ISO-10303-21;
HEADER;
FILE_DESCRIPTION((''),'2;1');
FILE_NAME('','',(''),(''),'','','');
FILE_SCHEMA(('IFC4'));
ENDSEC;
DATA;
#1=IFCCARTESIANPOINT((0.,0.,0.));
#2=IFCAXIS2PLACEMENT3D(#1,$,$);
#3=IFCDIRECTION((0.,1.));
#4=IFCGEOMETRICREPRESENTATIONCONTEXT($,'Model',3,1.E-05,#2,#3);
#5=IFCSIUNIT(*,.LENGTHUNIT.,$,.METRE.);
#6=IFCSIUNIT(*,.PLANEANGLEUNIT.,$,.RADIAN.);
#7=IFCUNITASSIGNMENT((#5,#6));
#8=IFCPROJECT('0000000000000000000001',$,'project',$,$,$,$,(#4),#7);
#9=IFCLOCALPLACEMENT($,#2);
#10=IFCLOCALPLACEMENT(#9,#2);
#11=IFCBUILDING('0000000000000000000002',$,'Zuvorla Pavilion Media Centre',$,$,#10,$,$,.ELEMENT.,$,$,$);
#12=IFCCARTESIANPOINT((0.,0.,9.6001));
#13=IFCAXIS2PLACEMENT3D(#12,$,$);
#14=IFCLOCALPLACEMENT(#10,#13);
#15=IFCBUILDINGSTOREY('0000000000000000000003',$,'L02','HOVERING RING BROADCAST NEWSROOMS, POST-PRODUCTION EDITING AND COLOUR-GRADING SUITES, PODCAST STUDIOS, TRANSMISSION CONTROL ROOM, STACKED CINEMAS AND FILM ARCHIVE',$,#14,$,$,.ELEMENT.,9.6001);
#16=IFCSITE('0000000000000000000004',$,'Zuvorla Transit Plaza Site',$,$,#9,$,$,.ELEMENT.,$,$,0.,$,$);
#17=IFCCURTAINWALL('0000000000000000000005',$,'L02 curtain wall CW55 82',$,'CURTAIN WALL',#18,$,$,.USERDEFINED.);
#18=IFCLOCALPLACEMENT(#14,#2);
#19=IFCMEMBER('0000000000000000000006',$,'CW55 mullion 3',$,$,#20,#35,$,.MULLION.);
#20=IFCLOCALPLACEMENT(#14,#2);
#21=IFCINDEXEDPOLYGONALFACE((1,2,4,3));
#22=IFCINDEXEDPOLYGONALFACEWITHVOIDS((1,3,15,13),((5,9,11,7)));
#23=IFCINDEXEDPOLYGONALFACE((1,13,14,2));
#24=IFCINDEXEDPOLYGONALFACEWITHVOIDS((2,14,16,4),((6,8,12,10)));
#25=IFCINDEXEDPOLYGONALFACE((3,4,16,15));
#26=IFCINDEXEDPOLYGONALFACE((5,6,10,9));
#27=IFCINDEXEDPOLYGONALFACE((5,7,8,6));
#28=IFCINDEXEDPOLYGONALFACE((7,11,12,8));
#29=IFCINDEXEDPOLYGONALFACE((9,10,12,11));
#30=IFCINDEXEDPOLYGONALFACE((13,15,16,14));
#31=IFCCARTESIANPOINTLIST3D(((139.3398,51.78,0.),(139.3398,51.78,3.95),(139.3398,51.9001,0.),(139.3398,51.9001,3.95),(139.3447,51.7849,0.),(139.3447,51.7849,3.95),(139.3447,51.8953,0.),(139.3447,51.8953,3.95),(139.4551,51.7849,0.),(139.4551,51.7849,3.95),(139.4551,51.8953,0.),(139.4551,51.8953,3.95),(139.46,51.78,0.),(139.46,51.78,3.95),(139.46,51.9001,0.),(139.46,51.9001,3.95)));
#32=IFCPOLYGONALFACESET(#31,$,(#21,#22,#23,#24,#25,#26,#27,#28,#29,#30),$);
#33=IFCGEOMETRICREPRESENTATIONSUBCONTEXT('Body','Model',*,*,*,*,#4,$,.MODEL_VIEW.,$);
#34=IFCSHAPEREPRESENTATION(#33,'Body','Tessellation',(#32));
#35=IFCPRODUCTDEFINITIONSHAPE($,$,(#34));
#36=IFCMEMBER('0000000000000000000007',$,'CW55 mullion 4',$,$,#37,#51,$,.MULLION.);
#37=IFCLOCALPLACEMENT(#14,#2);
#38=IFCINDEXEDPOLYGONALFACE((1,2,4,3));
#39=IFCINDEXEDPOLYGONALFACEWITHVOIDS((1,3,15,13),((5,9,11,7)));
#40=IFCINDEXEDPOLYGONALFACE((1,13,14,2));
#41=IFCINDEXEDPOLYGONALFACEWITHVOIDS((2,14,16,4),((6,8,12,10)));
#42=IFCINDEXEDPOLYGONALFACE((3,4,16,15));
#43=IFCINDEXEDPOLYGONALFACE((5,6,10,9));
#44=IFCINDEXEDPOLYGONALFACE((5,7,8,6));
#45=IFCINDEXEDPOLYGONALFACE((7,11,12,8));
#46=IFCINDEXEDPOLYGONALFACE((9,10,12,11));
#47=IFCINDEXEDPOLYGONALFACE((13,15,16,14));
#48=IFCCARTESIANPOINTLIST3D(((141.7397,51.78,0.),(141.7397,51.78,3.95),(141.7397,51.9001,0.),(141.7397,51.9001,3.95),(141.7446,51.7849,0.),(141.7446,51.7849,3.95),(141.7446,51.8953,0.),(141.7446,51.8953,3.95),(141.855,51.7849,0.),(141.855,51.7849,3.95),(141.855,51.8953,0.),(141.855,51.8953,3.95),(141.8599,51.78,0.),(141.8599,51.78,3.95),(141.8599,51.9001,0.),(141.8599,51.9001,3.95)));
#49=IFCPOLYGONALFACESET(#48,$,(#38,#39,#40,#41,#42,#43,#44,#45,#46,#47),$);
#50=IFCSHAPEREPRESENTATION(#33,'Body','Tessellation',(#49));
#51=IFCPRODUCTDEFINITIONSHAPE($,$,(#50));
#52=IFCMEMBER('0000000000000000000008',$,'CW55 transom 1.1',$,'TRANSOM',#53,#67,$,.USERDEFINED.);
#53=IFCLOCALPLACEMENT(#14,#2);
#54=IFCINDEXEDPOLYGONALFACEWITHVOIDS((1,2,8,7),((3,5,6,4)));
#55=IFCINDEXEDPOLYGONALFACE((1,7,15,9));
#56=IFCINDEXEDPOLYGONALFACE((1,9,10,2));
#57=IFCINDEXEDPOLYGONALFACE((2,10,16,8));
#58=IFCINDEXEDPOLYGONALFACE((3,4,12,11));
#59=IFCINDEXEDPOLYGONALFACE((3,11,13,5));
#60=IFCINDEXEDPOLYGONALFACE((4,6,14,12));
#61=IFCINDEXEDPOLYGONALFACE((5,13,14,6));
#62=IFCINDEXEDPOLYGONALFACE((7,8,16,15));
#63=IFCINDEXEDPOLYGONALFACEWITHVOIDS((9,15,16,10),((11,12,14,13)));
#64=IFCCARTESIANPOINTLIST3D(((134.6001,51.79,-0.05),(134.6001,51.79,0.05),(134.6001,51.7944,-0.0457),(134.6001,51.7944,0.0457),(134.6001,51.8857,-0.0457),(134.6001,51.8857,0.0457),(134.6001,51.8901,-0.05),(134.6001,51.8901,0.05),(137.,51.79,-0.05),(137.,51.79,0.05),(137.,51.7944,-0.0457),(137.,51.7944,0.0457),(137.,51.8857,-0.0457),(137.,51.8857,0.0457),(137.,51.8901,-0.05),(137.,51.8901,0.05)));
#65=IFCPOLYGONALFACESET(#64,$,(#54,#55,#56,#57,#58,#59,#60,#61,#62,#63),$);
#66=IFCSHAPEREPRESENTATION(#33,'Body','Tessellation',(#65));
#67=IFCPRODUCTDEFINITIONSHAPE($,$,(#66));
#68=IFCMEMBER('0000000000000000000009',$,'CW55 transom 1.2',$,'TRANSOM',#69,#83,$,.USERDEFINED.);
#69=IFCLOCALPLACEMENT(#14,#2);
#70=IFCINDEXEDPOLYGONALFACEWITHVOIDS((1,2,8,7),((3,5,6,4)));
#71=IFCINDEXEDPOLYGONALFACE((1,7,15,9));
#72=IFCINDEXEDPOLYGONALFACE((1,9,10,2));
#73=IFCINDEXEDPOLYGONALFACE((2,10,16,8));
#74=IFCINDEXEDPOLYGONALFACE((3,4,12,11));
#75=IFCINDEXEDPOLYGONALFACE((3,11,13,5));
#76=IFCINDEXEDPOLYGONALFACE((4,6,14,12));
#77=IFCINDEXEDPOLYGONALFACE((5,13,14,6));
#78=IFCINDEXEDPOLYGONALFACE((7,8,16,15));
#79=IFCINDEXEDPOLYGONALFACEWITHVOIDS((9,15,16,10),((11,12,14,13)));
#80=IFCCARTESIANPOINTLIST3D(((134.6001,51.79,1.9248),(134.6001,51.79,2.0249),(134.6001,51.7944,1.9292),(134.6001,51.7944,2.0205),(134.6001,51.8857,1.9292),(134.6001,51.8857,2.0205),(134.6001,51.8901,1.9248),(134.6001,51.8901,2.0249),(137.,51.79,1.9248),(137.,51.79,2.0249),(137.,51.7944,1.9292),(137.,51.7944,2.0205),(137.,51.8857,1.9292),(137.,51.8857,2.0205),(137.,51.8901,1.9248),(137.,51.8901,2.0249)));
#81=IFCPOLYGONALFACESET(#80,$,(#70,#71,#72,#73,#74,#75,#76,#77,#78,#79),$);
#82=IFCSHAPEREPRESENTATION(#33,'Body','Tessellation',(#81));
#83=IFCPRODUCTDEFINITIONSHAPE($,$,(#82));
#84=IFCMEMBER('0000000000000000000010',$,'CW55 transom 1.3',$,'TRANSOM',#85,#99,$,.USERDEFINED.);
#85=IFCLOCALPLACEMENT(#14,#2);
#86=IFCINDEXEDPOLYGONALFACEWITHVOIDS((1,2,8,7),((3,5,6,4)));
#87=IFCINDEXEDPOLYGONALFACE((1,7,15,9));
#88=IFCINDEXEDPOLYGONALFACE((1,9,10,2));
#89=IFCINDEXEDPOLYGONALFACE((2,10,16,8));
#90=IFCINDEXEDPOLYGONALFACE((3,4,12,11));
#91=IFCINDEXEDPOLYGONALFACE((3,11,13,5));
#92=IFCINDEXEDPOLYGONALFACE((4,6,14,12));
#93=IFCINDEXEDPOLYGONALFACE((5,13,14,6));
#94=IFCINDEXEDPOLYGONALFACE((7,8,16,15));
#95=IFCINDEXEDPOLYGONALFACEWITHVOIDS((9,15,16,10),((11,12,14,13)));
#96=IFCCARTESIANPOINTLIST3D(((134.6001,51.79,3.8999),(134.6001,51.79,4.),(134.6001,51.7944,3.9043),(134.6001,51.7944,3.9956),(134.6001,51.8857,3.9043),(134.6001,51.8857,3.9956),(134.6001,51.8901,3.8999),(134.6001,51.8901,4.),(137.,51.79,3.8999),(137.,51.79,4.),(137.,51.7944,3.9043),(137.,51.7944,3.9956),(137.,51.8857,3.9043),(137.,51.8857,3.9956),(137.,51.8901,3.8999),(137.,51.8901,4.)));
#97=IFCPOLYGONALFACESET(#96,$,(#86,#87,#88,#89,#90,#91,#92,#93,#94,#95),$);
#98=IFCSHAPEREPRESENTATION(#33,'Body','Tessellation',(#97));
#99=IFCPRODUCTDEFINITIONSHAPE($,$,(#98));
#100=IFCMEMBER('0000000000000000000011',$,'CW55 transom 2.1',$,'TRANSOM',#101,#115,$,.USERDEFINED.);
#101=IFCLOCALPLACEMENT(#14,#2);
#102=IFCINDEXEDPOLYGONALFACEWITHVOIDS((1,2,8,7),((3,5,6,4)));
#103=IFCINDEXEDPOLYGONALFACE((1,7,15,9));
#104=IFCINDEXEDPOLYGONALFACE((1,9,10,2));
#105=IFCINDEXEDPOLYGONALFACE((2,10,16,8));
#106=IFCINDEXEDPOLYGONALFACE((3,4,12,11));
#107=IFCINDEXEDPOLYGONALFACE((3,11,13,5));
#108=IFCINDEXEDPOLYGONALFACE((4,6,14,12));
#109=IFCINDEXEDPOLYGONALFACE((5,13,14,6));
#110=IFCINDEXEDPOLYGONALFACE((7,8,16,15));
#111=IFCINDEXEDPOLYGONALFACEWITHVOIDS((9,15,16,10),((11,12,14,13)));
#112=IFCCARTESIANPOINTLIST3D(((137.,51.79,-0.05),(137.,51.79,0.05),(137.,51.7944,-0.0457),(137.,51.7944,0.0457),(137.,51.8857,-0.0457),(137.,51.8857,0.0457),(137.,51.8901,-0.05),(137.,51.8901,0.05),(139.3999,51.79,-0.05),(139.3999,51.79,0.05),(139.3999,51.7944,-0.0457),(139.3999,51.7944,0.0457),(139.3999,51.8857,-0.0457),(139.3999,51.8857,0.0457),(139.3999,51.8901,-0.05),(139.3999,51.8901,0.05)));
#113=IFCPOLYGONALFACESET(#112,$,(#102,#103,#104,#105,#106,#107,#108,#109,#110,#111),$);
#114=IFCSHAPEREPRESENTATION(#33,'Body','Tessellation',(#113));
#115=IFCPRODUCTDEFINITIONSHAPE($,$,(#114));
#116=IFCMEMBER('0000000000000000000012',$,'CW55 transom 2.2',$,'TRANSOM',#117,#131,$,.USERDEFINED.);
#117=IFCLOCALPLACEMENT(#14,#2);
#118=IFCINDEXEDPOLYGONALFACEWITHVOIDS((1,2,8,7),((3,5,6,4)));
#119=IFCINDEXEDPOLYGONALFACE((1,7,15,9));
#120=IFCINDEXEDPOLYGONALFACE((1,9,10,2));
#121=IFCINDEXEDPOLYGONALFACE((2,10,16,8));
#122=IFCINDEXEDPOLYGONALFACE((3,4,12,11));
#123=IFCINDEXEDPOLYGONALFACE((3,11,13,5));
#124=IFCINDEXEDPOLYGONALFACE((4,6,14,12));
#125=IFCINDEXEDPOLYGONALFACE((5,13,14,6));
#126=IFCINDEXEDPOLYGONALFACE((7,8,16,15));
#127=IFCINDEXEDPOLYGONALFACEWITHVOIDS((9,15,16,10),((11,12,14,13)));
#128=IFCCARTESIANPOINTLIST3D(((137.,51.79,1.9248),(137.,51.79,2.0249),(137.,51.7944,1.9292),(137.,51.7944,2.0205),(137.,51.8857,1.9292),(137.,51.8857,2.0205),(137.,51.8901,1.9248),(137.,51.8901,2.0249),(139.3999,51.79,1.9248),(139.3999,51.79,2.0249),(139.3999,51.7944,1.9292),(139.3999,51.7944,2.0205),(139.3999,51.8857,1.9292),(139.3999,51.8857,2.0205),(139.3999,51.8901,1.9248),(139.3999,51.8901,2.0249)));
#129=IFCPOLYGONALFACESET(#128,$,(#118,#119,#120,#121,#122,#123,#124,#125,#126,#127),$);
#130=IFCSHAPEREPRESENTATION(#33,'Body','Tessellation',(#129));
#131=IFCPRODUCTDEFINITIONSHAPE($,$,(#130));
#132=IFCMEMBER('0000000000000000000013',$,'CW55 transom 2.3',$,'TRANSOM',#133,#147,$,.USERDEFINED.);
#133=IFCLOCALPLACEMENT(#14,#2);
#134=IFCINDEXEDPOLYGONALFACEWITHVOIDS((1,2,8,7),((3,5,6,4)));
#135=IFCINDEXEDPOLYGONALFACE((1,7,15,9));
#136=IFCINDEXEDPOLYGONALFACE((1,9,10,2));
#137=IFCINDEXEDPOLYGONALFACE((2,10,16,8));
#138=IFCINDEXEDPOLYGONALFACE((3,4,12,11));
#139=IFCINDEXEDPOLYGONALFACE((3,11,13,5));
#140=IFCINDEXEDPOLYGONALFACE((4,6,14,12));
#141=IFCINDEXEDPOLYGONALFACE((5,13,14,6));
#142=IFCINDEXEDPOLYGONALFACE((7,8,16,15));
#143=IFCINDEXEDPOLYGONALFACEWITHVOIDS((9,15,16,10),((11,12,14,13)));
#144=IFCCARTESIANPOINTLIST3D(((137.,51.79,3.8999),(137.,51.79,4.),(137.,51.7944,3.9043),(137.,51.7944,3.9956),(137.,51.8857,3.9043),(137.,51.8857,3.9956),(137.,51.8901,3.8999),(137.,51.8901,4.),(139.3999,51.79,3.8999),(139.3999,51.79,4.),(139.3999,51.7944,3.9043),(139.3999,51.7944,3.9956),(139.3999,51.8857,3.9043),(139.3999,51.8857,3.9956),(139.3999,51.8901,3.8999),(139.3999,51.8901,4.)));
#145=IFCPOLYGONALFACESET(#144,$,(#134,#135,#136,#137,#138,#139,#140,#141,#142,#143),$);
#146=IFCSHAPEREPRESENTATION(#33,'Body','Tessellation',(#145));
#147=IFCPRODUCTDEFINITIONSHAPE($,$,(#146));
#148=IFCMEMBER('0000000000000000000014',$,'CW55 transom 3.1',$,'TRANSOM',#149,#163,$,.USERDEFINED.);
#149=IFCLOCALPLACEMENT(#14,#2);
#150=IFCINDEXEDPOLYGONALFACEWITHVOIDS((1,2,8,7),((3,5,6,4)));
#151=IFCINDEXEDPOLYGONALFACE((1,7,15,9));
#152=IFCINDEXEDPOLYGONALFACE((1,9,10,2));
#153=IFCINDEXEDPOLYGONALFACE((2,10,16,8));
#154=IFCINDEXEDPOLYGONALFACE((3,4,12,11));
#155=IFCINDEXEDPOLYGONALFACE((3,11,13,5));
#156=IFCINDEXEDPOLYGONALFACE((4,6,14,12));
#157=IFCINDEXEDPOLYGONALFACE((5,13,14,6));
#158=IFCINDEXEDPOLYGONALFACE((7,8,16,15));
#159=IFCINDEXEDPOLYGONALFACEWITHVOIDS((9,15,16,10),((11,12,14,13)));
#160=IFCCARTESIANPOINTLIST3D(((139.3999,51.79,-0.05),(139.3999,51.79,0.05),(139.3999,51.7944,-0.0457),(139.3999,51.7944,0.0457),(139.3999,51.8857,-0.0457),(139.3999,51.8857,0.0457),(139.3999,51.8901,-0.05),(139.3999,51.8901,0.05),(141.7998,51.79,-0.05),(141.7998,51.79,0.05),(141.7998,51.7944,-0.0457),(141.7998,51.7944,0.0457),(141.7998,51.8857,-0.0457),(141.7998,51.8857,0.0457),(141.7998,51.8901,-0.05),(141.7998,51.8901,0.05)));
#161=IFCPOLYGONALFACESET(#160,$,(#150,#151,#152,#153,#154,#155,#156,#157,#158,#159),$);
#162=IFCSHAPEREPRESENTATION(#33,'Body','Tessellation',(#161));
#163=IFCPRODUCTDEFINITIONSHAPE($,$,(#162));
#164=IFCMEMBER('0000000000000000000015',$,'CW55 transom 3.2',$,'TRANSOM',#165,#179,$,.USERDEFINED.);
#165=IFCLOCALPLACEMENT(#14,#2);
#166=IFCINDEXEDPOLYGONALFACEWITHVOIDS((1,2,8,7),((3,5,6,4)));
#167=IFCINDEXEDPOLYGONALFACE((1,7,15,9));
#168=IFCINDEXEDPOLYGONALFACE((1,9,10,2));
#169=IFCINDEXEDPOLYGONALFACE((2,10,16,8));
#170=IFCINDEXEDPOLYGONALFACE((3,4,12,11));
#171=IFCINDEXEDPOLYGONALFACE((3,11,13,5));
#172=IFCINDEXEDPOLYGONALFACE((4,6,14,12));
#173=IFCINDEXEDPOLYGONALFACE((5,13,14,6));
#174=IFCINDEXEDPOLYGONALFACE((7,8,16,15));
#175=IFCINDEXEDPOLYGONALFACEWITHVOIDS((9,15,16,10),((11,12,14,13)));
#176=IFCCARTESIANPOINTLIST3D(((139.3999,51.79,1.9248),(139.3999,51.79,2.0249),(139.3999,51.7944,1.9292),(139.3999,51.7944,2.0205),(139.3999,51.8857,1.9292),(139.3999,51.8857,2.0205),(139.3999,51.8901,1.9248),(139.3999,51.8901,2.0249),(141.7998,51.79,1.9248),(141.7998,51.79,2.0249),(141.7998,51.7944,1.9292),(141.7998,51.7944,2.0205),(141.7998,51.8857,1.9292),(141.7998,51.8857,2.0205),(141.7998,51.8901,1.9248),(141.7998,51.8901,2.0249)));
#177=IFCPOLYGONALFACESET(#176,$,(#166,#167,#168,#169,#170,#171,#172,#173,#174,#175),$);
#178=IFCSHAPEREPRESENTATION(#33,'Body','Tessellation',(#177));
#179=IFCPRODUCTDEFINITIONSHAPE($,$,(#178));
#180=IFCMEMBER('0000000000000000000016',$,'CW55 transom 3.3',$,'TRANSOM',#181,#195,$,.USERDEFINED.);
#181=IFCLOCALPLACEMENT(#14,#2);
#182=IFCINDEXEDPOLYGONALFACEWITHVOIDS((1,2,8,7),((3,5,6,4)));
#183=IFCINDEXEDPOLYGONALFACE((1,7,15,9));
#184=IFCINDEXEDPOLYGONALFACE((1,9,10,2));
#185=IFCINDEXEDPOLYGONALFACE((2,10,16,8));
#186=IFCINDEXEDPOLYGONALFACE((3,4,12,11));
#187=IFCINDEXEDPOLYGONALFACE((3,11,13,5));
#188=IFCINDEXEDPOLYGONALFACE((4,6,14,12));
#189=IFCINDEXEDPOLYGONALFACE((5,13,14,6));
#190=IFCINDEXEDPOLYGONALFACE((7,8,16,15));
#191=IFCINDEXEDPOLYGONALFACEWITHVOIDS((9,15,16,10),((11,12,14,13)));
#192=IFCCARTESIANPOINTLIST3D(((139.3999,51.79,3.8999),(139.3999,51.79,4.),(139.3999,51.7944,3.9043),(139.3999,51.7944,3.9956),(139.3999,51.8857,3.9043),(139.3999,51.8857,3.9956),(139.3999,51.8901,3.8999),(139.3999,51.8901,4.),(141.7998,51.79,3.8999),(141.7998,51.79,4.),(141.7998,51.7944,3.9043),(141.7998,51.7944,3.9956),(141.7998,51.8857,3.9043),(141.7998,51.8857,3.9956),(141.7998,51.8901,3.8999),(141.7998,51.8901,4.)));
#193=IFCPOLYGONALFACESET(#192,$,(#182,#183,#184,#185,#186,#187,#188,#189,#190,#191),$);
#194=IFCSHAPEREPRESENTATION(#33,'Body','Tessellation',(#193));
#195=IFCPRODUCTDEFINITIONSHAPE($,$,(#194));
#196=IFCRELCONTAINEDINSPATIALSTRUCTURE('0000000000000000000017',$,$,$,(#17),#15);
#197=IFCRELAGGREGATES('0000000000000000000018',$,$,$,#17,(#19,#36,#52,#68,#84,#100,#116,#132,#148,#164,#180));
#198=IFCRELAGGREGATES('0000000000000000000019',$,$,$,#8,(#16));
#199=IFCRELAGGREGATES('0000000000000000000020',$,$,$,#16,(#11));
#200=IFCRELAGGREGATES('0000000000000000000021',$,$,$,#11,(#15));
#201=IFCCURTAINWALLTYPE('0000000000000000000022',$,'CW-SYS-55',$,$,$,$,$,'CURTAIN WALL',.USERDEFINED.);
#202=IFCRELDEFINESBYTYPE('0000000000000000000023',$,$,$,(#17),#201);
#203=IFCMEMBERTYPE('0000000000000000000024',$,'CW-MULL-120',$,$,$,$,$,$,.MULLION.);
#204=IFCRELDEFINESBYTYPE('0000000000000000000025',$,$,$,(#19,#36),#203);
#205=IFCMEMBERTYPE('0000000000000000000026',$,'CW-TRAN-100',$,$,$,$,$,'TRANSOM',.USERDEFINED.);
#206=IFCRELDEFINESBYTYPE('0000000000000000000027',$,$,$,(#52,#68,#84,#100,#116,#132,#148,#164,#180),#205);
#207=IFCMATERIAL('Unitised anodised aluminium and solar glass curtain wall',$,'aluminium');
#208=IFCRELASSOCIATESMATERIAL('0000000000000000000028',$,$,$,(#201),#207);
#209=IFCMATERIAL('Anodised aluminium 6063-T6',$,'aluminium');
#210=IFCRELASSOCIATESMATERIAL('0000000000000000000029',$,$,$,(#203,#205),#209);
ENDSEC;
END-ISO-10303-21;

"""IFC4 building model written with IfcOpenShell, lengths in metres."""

from ifc_helpers import new_model, si_unit, direction, frame, origin, origin_2d, place, context, subcontext, project, spatial, hollow_rectangle, extrude, material, material_profile, profile_set, type_object, element, aggregate, save


model = new_model("IFC4")

# Units and contexts
model_context = context("Model", 3, precision=1e-05, world=origin(), true_north=direction((0.0, 1.0)))
body_context = subcontext(model_context, "Body", "Model", "MODEL_VIEW")
ifc_project = project(units=[si_unit("LENGTHUNIT", "METRE"), si_unit("PLANEANGLEUNIT", "RADIAN")], contexts=[model_context])

# Site, building, storey
site_placement = place(None, origin())
site = spatial("IfcSite", under=ifc_project, at=site_placement, Name="Zuvorla Transit Plaza Site", CompositionType="ELEMENT", RefElevation=0.0)
building_placement = place(site_placement, origin())
building = spatial("IfcBuilding", under=site, at=building_placement, Name="Zuvorla Pavilion Media Centre", CompositionType="ELEMENT")
storey_placement = place(building_placement, frame((0.0, 0.0, 9.6001)))
storey = spatial("IfcBuildingStorey", under=building, at=storey_placement, Name="L02", Description="HOVERING RING BROADCAST NEWSROOMS, POST-PRODUCTION EDITING AND COLOUR-GRADING SUITES, PODCAST STUDIOS, TRANSMISSION CONTROL ROOM, STACKED CINEMAS AND FILM ARCHIVE", CompositionType="ELEMENT", Elevation=9.6001)

# Shared definitions
ifc_material_1 = material(Name="Unitised anodised aluminium and solar glass curtain wall", Category="aluminium")
ifc_material_2 = material(Name="Anodised aluminium 6063-T6", Category="aluminium")

# Curtain wall, members
curtain_wall_type_1 = type_object("IfcCurtainWallType", Name="CW-SYS-55", ElementType="CURTAIN WALL", PredefinedType="USERDEFINED", material=ifc_material_1)
curtain_wall_1_placement = place(storey_placement, origin())
curtain_wall_1 = element("IfcCurtainWall", 1, at=curtain_wall_1_placement, inside=storey, type_object=curtain_wall_type_1, Name="L02 curtain wall CW55 82", ObjectType="CURTAIN WALL", PredefinedType="USERDEFINED")
ifc_material_profile_1 = material_profile(ifc_material_2, hollow_rectangle(XDim=0.1201, YDim=0.1201, WallThickness=0.0049, at=origin_2d()), Name="ALU MULL 120x120")
ifc_profile_set_1 = profile_set([ifc_material_profile_1], Name="Anodised aluminium 6063-T6")
member_type_1 = type_object("IfcMemberType", Name="CW-MULL-120", PredefinedType="MULLION", material=ifc_profile_set_1)
member_1_placement = place(storey_placement, frame((139.3999, 51.8401, 0.0), z_axis=(0.0, 0.0, 1.0), x_axis=(1.0, 0.0, 0.0)))
member_1 = element("IfcMember", 2, at=member_1_placement, type_object=member_type_1, Name="CW55 mullion 3", PredefinedType="MULLION", context=body_context, shape_type="SweptSolid", body=[
    extrude(hollow_rectangle(XDim=0.1201, YDim=0.1201, WallThickness=0.0049, at=origin_2d()), origin(), (0.0, 0.0, 1.0), 3.95),
])
member_2_placement = place(storey_placement, frame((141.7998, 51.8401, 0.0), z_axis=(0.0, 0.0, 1.0), x_axis=(1.0, 0.0, 0.0)))
member_2 = element("IfcMember", 3, at=member_2_placement, type_object=member_type_1, Name="CW55 mullion 4", PredefinedType="MULLION", context=body_context, shape_type="SweptSolid", body=[
    extrude(hollow_rectangle(XDim=0.1201, YDim=0.1201, WallThickness=0.0049, at=origin_2d()), origin(), (0.0, 0.0, 1.0), 3.95),
])
ifc_material_profile_2 = material_profile(ifc_material_2, hollow_rectangle(XDim=0.1001, YDim=0.1001, WallThickness=0.0044, at=origin_2d()), Name="ALU TRAN 100x100")
ifc_profile_set_2 = profile_set([ifc_material_profile_2], Name="Anodised aluminium 6063-T6")
member_type_2 = type_object("IfcMemberType", Name="CW-TRAN-100", ElementType="TRANSOM", PredefinedType="USERDEFINED", material=ifc_profile_set_2)
member_3_placement = place(storey_placement, frame((134.6001, 51.8401, 0.0), z_axis=(1.0, 0.0, 0.0), x_axis=(0.0, 1.0, 0.0)))
member_3 = element("IfcMember", 4, at=member_3_placement, type_object=member_type_2, Name="CW55 transom 1.1", ObjectType="TRANSOM", PredefinedType="USERDEFINED", context=body_context, shape_type="SweptSolid", body=[
    extrude(hollow_rectangle(XDim=0.1001, YDim=0.1001, WallThickness=0.0044, at=origin_2d()), origin(), (0.0, 0.0, 1.0), 2.3999),
])
member_4_placement = place(storey_placement, frame((134.6001, 51.8401, 1.9749), z_axis=(1.0, 0.0, 0.0), x_axis=(0.0, 1.0, 0.0)))
member_4 = element("IfcMember", 5, at=member_4_placement, type_object=member_type_2, Name="CW55 transom 1.2", ObjectType="TRANSOM", PredefinedType="USERDEFINED", context=body_context, shape_type="SweptSolid", body=[
    extrude(hollow_rectangle(XDim=0.1001, YDim=0.1001, WallThickness=0.0044, at=origin_2d()), origin(), (0.0, 0.0, 1.0), 2.3999),
])
member_5_placement = place(storey_placement, frame((134.6001, 51.8401, 3.95), z_axis=(1.0, 0.0, 0.0), x_axis=(0.0, 1.0, 0.0)))
member_5 = element("IfcMember", 6, at=member_5_placement, type_object=member_type_2, Name="CW55 transom 1.3", ObjectType="TRANSOM", PredefinedType="USERDEFINED", context=body_context, shape_type="SweptSolid", body=[
    extrude(hollow_rectangle(XDim=0.1001, YDim=0.1001, WallThickness=0.0044, at=origin_2d()), origin(), (0.0, 0.0, 1.0), 2.3999),
])
member_6_placement = place(storey_placement, frame((137.0, 51.8401, 0.0), z_axis=(1.0, 0.0, 0.0), x_axis=(0.0, 1.0, 0.0)))
member_6 = element("IfcMember", 7, at=member_6_placement, type_object=member_type_2, Name="CW55 transom 2.1", ObjectType="TRANSOM", PredefinedType="USERDEFINED", context=body_context, shape_type="SweptSolid", body=[
    extrude(hollow_rectangle(XDim=0.1001, YDim=0.1001, WallThickness=0.0044, at=origin_2d()), origin(), (0.0, 0.0, 1.0), 2.3999),
])
member_7_placement = place(storey_placement, frame((137.0, 51.8401, 1.9749), z_axis=(1.0, 0.0, 0.0), x_axis=(0.0, 1.0, 0.0)))
member_7 = element("IfcMember", 8, at=member_7_placement, type_object=member_type_2, Name="CW55 transom 2.2", ObjectType="TRANSOM", PredefinedType="USERDEFINED", context=body_context, shape_type="SweptSolid", body=[
    extrude(hollow_rectangle(XDim=0.1001, YDim=0.1001, WallThickness=0.0044, at=origin_2d()), origin(), (0.0, 0.0, 1.0), 2.3999),
])
member_8_placement = place(storey_placement, frame((137.0, 51.8401, 3.95), z_axis=(1.0, 0.0, 0.0), x_axis=(0.0, 1.0, 0.0)))
member_8 = element("IfcMember", 9, at=member_8_placement, type_object=member_type_2, Name="CW55 transom 2.3", ObjectType="TRANSOM", PredefinedType="USERDEFINED", context=body_context, shape_type="SweptSolid", body=[
    extrude(hollow_rectangle(XDim=0.1001, YDim=0.1001, WallThickness=0.0044, at=origin_2d()), origin(), (0.0, 0.0, 1.0), 2.3999),
])
member_9_placement = place(storey_placement, frame((139.3999, 51.8401, 0.0), z_axis=(1.0, 0.0, 0.0), x_axis=(0.0, 1.0, 0.0)))
member_9 = element("IfcMember", 10, at=member_9_placement, type_object=member_type_2, Name="CW55 transom 3.1", ObjectType="TRANSOM", PredefinedType="USERDEFINED", context=body_context, shape_type="SweptSolid", body=[
    extrude(hollow_rectangle(XDim=0.1001, YDim=0.1001, WallThickness=0.0044, at=origin_2d()), origin(), (0.0, 0.0, 1.0), 2.3999),
])
member_10_placement = place(storey_placement, frame((139.3999, 51.8401, 1.9749), z_axis=(1.0, 0.0, 0.0), x_axis=(0.0, 1.0, 0.0)))
member_10 = element("IfcMember", 11, at=member_10_placement, type_object=member_type_2, Name="CW55 transom 3.2", ObjectType="TRANSOM", PredefinedType="USERDEFINED", context=body_context, shape_type="SweptSolid", body=[
    extrude(hollow_rectangle(XDim=0.1001, YDim=0.1001, WallThickness=0.0044, at=origin_2d()), origin(), (0.0, 0.0, 1.0), 2.3999),
])
member_11_placement = place(storey_placement, frame((139.3999, 51.8401, 3.95), z_axis=(1.0, 0.0, 0.0), x_axis=(0.0, 1.0, 0.0)))
member_11 = element("IfcMember", 12, at=member_11_placement, type_object=member_type_2, Name="CW55 transom 3.3", ObjectType="TRANSOM", PredefinedType="USERDEFINED", context=body_context, shape_type="SweptSolid", body=[
    extrude(hollow_rectangle(XDim=0.1001, YDim=0.1001, WallThickness=0.0044, at=origin_2d()), origin(), (0.0, 0.0, 1.0), 2.3999),
])

aggregate(curtain_wall_1, [member_1, member_2, member_3, member_4, member_5, member_6, member_7, member_8, member_9, member_10, member_11])

save(model, "model.ifc")
